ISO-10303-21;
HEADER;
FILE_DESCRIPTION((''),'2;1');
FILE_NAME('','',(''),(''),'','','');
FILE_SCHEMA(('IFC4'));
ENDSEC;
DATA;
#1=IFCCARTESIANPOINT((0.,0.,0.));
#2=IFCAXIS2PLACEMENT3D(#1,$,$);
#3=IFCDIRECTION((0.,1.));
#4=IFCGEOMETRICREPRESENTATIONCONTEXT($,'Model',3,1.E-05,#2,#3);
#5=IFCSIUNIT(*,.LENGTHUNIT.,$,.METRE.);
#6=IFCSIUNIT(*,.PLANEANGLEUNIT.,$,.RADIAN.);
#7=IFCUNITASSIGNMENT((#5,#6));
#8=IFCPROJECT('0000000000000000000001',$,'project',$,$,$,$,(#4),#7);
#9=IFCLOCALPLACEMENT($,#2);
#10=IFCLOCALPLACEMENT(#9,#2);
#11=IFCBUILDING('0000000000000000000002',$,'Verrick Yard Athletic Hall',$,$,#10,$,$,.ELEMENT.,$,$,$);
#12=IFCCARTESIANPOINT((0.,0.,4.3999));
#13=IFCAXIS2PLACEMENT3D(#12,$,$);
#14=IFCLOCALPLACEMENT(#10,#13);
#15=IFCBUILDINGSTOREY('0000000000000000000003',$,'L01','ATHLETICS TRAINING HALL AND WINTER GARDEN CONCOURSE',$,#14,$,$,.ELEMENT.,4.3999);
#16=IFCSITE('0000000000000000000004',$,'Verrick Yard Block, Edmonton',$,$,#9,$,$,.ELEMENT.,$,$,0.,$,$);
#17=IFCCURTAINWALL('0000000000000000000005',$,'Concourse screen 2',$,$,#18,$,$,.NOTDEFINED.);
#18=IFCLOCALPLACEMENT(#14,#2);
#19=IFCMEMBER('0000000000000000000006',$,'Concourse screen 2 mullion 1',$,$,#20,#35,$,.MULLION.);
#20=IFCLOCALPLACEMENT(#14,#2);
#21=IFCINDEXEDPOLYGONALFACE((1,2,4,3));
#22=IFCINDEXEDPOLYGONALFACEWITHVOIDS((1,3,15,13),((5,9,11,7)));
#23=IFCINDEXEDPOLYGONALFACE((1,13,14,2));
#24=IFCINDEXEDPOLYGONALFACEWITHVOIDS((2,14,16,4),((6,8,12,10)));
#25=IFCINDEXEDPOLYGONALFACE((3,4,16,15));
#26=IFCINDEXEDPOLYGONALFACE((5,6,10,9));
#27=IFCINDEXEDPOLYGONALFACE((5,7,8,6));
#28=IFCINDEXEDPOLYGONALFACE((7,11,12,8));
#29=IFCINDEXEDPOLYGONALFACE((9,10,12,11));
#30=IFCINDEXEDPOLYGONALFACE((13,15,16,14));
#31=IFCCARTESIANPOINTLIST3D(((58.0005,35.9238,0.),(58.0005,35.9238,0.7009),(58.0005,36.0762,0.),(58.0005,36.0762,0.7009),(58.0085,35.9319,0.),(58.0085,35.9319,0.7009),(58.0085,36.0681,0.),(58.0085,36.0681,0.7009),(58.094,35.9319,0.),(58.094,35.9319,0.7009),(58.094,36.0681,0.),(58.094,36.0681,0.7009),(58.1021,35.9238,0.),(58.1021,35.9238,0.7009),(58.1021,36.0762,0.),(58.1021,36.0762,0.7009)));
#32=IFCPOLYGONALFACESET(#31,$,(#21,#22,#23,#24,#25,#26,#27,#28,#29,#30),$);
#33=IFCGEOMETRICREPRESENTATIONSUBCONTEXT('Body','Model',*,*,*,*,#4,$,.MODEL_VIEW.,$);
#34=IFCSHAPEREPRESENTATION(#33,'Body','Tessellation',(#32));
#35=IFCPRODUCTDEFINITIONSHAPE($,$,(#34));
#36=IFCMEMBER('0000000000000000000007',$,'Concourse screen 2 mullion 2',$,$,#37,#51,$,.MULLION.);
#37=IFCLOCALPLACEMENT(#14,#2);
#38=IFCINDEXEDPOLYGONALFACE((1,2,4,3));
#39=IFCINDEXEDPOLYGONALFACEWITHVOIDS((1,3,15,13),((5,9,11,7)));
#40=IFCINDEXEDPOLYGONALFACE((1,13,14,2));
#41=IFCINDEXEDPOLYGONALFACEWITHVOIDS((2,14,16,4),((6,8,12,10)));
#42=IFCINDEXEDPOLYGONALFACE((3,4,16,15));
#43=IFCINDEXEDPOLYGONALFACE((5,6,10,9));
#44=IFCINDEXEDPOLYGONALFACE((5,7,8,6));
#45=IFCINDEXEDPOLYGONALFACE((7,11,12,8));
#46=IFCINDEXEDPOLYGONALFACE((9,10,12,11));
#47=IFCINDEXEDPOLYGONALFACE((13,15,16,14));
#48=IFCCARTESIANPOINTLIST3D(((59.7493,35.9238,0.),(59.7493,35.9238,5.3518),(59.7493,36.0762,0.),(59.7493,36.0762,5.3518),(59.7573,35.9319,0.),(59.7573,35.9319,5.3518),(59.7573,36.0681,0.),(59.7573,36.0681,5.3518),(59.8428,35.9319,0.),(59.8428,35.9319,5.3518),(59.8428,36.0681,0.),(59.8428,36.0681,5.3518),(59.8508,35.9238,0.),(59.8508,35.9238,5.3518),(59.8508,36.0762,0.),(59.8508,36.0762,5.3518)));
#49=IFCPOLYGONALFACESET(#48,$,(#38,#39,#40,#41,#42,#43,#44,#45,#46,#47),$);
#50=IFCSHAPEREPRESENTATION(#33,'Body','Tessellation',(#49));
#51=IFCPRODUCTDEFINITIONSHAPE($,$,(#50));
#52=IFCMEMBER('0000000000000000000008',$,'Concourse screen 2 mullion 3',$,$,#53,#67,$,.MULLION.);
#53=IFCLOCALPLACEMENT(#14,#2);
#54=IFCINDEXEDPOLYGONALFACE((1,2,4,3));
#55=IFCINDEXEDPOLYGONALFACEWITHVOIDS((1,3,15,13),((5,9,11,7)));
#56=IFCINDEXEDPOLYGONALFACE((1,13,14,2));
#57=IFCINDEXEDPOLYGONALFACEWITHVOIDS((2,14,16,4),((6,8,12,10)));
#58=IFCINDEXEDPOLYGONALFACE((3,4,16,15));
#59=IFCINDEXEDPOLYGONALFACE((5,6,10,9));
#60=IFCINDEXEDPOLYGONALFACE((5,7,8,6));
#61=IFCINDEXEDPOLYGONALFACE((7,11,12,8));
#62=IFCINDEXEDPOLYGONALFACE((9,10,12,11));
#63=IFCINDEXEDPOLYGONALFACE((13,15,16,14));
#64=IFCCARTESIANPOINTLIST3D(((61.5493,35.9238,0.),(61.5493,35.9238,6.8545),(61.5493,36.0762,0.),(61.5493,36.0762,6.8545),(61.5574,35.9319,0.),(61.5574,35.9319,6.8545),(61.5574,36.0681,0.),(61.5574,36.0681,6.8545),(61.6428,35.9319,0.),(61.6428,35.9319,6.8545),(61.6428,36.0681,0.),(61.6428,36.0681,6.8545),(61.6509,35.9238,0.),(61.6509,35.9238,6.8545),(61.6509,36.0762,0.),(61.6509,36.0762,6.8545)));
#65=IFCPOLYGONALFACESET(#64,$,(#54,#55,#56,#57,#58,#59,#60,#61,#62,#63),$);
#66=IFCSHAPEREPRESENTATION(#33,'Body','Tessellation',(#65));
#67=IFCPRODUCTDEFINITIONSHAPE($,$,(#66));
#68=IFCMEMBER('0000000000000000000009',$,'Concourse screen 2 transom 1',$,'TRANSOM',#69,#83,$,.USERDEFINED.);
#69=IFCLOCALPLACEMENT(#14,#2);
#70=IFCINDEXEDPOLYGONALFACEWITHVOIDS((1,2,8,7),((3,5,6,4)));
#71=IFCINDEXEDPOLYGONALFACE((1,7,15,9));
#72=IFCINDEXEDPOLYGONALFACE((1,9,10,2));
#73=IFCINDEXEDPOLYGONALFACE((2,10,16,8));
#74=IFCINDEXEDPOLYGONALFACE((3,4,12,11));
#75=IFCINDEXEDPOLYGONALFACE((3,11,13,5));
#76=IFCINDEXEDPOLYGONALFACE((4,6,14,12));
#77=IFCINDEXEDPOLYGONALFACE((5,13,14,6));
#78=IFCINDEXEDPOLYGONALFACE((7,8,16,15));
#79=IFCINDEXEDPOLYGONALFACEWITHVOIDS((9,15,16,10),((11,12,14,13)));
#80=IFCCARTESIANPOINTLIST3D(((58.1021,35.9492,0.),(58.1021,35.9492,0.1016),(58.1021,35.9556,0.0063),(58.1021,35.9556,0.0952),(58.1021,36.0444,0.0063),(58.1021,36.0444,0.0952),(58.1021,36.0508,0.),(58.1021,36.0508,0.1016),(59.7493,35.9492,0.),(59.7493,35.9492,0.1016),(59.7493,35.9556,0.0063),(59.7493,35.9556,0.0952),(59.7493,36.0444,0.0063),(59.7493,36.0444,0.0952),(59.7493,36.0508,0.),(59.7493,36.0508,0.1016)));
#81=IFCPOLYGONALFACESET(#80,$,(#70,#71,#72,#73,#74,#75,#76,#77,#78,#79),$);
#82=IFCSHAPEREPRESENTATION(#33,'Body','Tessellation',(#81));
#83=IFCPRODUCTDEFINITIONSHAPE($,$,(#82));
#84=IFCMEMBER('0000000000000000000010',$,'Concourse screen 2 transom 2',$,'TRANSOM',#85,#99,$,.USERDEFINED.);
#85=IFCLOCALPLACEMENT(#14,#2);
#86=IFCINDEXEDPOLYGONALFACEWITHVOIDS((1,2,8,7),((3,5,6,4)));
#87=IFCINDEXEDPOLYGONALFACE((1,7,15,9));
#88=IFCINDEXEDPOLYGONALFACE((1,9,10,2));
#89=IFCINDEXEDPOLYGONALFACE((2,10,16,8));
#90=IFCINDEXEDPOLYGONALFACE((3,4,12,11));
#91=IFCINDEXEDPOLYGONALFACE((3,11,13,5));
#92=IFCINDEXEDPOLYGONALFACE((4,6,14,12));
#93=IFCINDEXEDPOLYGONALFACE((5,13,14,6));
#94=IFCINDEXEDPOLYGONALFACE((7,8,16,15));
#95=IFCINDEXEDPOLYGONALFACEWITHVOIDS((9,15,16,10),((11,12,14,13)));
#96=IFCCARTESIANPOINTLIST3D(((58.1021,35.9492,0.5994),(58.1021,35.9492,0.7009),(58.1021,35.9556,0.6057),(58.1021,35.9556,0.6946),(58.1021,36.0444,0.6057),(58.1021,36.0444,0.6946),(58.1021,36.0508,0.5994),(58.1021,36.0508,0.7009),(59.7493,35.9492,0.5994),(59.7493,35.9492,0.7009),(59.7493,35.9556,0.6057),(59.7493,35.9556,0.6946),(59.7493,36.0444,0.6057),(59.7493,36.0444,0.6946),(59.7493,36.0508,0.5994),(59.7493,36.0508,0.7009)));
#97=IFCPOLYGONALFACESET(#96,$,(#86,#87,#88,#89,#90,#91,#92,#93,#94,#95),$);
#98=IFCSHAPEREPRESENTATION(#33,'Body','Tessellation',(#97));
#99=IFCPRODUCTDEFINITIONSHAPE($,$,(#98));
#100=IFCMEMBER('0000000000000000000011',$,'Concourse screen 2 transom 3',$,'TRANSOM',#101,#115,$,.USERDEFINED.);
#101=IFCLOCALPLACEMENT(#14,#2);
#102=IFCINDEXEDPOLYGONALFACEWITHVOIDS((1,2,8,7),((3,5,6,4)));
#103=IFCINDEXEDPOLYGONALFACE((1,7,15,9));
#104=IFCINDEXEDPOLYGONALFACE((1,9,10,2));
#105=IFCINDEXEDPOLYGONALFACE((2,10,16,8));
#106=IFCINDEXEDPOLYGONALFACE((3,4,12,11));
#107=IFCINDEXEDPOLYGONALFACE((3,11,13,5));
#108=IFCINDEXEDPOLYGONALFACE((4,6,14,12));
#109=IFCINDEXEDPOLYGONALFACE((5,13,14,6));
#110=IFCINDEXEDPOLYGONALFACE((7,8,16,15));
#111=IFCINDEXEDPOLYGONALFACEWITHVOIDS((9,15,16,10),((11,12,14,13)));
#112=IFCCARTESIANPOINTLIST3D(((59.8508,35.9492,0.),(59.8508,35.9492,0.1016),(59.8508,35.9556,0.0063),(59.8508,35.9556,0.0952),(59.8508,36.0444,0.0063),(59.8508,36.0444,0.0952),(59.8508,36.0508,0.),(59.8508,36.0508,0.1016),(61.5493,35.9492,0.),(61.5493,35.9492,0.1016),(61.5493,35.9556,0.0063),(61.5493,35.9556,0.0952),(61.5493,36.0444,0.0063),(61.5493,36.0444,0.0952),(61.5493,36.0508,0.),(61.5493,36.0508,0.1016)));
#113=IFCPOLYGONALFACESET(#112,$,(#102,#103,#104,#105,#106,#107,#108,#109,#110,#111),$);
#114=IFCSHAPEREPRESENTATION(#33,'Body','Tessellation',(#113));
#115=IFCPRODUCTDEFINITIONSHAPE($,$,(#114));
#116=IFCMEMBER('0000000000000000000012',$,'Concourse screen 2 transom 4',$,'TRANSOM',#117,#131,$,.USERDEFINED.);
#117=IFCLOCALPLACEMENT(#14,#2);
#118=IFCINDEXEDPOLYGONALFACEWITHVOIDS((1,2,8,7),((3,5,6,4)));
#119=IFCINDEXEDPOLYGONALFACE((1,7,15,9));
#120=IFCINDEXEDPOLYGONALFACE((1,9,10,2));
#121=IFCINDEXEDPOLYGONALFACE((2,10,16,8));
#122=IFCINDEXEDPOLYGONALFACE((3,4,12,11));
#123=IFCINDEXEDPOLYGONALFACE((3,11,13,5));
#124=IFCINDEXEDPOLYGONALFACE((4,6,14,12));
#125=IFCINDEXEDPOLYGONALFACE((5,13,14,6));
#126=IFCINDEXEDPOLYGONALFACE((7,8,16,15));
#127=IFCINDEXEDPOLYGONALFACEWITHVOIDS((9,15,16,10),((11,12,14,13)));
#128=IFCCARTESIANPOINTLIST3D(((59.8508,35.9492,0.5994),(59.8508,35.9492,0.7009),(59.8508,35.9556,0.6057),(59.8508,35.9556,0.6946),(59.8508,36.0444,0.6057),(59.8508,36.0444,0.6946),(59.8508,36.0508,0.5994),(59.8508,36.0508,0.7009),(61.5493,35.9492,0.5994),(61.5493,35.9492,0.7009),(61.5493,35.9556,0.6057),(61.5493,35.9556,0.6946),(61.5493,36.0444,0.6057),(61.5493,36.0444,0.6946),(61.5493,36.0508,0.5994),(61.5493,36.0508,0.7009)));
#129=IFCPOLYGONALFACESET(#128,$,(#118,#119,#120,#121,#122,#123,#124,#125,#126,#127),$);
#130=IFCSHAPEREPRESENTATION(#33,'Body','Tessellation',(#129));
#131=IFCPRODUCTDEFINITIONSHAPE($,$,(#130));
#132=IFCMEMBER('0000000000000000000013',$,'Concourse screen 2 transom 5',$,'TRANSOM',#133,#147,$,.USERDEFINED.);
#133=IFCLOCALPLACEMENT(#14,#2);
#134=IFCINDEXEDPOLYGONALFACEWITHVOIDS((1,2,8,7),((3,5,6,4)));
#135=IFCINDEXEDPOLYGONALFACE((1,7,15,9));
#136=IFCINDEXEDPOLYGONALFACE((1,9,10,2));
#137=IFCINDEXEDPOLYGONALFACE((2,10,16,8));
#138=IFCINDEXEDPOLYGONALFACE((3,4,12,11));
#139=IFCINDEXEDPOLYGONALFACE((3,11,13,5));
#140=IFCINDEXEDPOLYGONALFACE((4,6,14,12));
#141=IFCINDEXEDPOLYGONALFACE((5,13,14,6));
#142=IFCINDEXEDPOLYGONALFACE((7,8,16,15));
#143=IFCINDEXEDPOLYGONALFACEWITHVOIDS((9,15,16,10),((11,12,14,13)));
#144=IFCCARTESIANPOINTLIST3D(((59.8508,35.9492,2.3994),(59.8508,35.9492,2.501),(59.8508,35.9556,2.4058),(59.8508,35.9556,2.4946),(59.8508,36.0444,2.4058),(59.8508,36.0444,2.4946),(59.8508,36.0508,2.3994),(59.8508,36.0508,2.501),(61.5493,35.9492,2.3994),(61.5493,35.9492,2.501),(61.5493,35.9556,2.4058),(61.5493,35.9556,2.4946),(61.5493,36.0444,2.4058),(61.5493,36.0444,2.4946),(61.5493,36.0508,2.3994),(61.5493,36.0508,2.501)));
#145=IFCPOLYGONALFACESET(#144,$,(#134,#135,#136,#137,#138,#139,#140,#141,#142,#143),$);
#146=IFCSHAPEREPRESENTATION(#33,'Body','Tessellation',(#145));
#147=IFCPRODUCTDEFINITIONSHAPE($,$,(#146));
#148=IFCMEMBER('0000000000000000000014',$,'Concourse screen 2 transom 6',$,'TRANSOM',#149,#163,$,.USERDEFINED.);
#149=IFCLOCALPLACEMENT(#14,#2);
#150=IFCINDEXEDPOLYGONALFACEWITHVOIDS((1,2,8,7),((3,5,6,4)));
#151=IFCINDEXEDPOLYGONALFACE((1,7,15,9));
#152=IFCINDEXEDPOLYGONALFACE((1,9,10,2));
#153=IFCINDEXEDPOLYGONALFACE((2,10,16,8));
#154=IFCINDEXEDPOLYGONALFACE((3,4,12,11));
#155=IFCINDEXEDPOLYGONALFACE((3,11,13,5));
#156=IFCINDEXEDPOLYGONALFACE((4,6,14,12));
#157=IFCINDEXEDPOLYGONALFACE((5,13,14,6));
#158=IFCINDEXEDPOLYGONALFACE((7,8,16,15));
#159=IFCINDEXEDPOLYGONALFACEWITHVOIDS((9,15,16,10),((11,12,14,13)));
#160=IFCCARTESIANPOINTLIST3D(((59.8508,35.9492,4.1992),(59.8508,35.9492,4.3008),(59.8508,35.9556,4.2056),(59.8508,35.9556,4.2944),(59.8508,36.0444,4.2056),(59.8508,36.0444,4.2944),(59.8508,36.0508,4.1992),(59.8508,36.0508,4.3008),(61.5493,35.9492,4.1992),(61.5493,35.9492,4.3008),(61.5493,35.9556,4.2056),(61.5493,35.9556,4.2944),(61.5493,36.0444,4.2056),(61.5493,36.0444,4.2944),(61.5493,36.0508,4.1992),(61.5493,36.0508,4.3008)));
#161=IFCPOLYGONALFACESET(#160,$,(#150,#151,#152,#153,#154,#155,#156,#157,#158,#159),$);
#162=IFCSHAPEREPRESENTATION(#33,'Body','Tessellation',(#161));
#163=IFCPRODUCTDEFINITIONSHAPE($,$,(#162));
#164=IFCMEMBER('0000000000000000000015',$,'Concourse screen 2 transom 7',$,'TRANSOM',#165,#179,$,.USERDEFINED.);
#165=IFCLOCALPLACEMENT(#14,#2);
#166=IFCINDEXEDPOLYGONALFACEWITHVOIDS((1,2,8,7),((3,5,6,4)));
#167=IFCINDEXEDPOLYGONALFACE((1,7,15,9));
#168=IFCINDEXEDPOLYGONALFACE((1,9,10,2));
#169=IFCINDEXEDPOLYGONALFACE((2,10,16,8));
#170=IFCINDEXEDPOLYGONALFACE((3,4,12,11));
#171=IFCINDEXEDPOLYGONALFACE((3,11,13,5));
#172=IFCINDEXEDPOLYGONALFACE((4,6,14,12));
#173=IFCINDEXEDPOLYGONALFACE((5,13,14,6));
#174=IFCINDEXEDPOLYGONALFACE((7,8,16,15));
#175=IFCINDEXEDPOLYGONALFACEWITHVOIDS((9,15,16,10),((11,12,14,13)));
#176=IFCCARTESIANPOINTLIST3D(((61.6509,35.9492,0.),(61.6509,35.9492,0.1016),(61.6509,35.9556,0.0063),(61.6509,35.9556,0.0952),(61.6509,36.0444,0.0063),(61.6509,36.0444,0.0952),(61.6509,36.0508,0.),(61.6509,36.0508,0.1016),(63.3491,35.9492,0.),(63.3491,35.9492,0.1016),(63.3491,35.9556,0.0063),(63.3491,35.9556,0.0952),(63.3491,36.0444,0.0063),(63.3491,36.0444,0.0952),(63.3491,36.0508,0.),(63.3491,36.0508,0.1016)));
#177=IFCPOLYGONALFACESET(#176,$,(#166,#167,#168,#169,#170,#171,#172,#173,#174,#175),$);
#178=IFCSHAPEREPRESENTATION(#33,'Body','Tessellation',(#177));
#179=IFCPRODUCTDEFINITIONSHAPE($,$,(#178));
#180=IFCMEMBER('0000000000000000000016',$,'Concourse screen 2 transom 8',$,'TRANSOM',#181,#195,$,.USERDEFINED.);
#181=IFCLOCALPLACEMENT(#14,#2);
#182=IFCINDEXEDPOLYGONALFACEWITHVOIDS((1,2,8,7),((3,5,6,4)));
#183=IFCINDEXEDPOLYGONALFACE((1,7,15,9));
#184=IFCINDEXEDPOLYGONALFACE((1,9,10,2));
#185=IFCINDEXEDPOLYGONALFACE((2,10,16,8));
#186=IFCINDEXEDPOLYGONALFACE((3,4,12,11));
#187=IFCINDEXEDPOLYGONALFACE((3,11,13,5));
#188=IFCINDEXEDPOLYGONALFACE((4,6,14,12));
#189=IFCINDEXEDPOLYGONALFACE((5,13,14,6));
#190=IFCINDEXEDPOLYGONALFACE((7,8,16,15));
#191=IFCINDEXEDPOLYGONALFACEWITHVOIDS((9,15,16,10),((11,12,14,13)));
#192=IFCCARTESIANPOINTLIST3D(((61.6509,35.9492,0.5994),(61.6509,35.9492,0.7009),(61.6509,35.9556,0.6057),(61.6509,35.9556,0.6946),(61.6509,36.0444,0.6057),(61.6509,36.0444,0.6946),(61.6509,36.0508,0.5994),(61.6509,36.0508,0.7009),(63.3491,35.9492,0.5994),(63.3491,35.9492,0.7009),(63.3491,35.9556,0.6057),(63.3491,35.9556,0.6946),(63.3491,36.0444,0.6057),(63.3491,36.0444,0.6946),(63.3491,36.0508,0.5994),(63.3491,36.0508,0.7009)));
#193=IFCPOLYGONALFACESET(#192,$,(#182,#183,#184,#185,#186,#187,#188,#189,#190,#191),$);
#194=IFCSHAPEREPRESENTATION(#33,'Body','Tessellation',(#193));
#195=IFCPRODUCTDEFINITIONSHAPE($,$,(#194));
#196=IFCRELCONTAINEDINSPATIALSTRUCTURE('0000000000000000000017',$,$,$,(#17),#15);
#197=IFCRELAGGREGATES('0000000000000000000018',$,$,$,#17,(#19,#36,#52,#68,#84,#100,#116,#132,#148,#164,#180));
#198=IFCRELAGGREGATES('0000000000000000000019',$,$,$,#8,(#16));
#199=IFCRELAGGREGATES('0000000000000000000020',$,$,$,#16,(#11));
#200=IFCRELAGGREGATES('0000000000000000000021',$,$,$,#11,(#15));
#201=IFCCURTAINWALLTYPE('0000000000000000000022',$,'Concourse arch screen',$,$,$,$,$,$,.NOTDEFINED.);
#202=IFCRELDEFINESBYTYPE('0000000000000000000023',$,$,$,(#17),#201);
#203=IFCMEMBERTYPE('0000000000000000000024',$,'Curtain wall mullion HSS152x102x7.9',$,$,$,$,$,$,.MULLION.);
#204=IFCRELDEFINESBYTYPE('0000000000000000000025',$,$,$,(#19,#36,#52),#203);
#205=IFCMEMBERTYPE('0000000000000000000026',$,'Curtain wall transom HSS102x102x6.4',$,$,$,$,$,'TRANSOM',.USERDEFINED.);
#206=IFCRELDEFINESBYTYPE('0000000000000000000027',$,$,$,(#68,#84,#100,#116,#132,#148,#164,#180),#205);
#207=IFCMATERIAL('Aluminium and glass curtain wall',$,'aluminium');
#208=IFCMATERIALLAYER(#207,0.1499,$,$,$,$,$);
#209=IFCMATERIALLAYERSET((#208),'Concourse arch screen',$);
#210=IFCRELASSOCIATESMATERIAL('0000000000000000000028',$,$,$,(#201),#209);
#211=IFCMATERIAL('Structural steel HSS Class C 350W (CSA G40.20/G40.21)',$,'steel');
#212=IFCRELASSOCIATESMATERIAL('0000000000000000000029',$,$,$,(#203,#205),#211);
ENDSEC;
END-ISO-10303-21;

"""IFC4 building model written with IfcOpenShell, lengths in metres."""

from ifc_helpers import new_model, si_unit, direction, frame, origin, origin_2d, place, context, subcontext, project, spatial, hollow_rectangle, extrude, material, layer, layer_set, material_profile, profile_set, type_object, element, aggregate, save


model = new_model("IFC4")

# Units and contexts
model_context = context("Model", 3, precision=1e-05, world=origin(), true_north=direction((0.0, 1.0)))
body_context = subcontext(model_context, "Body", "Model", "MODEL_VIEW")
ifc_project = project(units=[si_unit("LENGTHUNIT", "METRE"), si_unit("PLANEANGLEUNIT", "RADIAN")], contexts=[model_context])

# Site, building, storey
site_placement = place(None, origin())
site = spatial("IfcSite", under=ifc_project, at=site_placement, Name="Verrick Yard Block, Edmonton", CompositionType="ELEMENT", RefElevation=0.0)
building_placement = place(site_placement, origin())
building = spatial("IfcBuilding", under=site, at=building_placement, Name="Verrick Yard Athletic Hall", CompositionType="ELEMENT")
storey_placement = place(building_placement, frame((0.0, 0.0, 4.3999)))
storey = spatial("IfcBuildingStorey", under=building, at=storey_placement, Name="L01", Description="ATHLETICS TRAINING HALL AND WINTER GARDEN CONCOURSE", CompositionType="ELEMENT", Elevation=4.3999)

# Curtain wall, members
ifc_material_1 = material(Name="Aluminium and glass curtain wall", Category="aluminium")
ifc_layer_1 = layer(ifc_material_1, 0.1499)
ifc_layer_set_1 = layer_set([ifc_layer_1], Name="Concourse arch screen")
curtain_wall_type = type_object("IfcCurtainWallType", Name="Concourse arch screen", PredefinedType="NOTDEFINED", material=ifc_layer_set_1)
curtain_wall_placement = place(storey_placement, origin())
curtain_wall = element("IfcCurtainWall", 1, at=curtain_wall_placement, inside=storey, type_object=curtain_wall_type, Name="Concourse screen 2", PredefinedType="NOTDEFINED")
ifc_material_2 = material(Name="Structural steel HSS Class C 350W (CSA G40.20/G40.21)", Category="steel")
ifc_material_profile_1 = material_profile(ifc_material_2, hollow_rectangle(XDim=0.1016, YDim=0.1523, WallThickness=0.0081, at=origin_2d()), Name="HSS152x102x7.9")
ifc_profile_set_1 = profile_set([ifc_material_profile_1], Name="Structural steel HSS Class C 350W (CSA G40.20/G40.21)")
member_type_1 = type_object("IfcMemberType", Name="Curtain wall mullion HSS152x102x7.9", PredefinedType="MULLION", material=ifc_profile_set_1)
member_1_placement = place(storey_placement, frame((58.0513, 36.0, 0.0), z_axis=(0.0, 0.0, 1.0), x_axis=(1.0, 0.0, 0.0)))
member_1 = element("IfcMember", 2, at=member_1_placement, type_object=member_type_1, Name="Concourse screen 2 mullion 1", PredefinedType="MULLION", context=body_context, shape_type="SweptSolid", body=[
    extrude(hollow_rectangle(XDim=0.1016, YDim=0.1523, WallThickness=0.0081, at=origin_2d()), origin(), (0.0, 0.0, 1.0), 0.7009),
])
member_2_placement = place(storey_placement, frame((59.8, 36.0, 0.0), z_axis=(0.0, 0.0, 1.0), x_axis=(1.0, 0.0, 0.0)))
member_2 = element("IfcMember", 3, at=member_2_placement, type_object=member_type_1, Name="Concourse screen 2 mullion 2", PredefinedType="MULLION", context=body_context, shape_type="SweptSolid", body=[
    extrude(hollow_rectangle(XDim=0.1016, YDim=0.1523, WallThickness=0.0081, at=origin_2d()), origin(), (0.0, 0.0, 1.0), 5.3518),
])
member_3_placement = place(storey_placement, frame((61.6001, 36.0, 0.0), z_axis=(0.0, 0.0, 1.0), x_axis=(1.0, 0.0, 0.0)))
member_3 = element("IfcMember", 4, at=member_3_placement, type_object=member_type_1, Name="Concourse screen 2 mullion 3", PredefinedType="MULLION", context=body_context, shape_type="SweptSolid", body=[
    extrude(hollow_rectangle(XDim=0.1016, YDim=0.1523, WallThickness=0.0081, at=origin_2d()), origin(), (0.0, 0.0, 1.0), 6.8545),
])
ifc_material_profile_2 = material_profile(ifc_material_2, hollow_rectangle(XDim=0.1016, YDim=0.1016, WallThickness=0.0063, at=origin_2d()), Name="HSS102x102x6.4")
ifc_profile_set_2 = profile_set([ifc_material_profile_2], Name="Structural steel HSS Class C 350W (CSA G40.20/G40.21)")
member_type_2 = type_object("IfcMemberType", Name="Curtain wall transom HSS102x102x6.4", ElementType="TRANSOM", PredefinedType="USERDEFINED", material=ifc_profile_set_2)
member_4_placement = place(storey_placement, frame((58.1021, 36.0, 0.0508), z_axis=(1.0, 0.0, 0.0), x_axis=(0.0, 1.0, 0.0)))
member_4 = element("IfcMember", 5, at=member_4_placement, type_object=member_type_2, Name="Concourse screen 2 transom 1", ObjectType="TRANSOM", PredefinedType="USERDEFINED", context=body_context, shape_type="SweptSolid", body=[
    extrude(hollow_rectangle(XDim=0.1016, YDim=0.1016, WallThickness=0.0063, at=origin_2d()), origin(), (0.0, 0.0, 1.0), 1.6472),
])
member_5_placement = place(storey_placement, frame((58.1021, 36.0, 0.6501), z_axis=(1.0, 0.0, 0.0), x_axis=(0.0, 1.0, 0.0)))
member_5 = element("IfcMember", 6, at=member_5_placement, type_object=member_type_2, Name="Concourse screen 2 transom 2", ObjectType="TRANSOM", PredefinedType="USERDEFINED", context=body_context, shape_type="SweptSolid", body=[
    extrude(hollow_rectangle(XDim=0.1016, YDim=0.1016, WallThickness=0.0063, at=origin_2d()), origin(), (0.0, 0.0, 1.0), 1.6472),
])
member_6_placement = place(storey_placement, frame((59.8508, 36.0, 0.0508), z_axis=(1.0, 0.0, 0.0), x_axis=(0.0, 1.0, 0.0)))
member_6 = element("IfcMember", 7, at=member_6_placement, type_object=member_type_2, Name="Concourse screen 2 transom 3", ObjectType="TRANSOM", PredefinedType="USERDEFINED", context=body_context, shape_type="SweptSolid", body=[
    extrude(hollow_rectangle(XDim=0.1016, YDim=0.1016, WallThickness=0.0063, at=origin_2d()), origin(), (0.0, 0.0, 1.0), 1.6985),
])
member_7_placement = place(storey_placement, frame((59.8508, 36.0, 0.6501), z_axis=(1.0, 0.0, 0.0), x_axis=(0.0, 1.0, 0.0)))
member_7 = element("IfcMember", 8, at=member_7_placement, type_object=member_type_2, Name="Concourse screen 2 transom 4", ObjectType="TRANSOM", PredefinedType="USERDEFINED", context=body_context, shape_type="SweptSolid", body=[
    extrude(hollow_rectangle(XDim=0.1016, YDim=0.1016, WallThickness=0.0063, at=origin_2d()), origin(), (0.0, 0.0, 1.0), 1.6985),
])
member_8_placement = place(storey_placement, frame((59.8508, 36.0, 2.4502), z_axis=(1.0, 0.0, 0.0), x_axis=(0.0, 1.0, 0.0)))
member_8 = element("IfcMember", 9, at=member_8_placement, type_object=member_type_2, Name="Concourse screen 2 transom 5", ObjectType="TRANSOM", PredefinedType="USERDEFINED", context=body_context, shape_type="SweptSolid", body=[
    extrude(hollow_rectangle(XDim=0.1016, YDim=0.1016, WallThickness=0.0063, at=origin_2d()), origin(), (0.0, 0.0, 1.0), 1.6985),
])
member_9_placement = place(storey_placement, frame((59.8508, 36.0, 4.25), z_axis=(1.0, 0.0, 0.0), x_axis=(0.0, 1.0, 0.0)))
member_9 = element("IfcMember", 10, at=member_9_placement, type_object=member_type_2, Name="Concourse screen 2 transom 6", ObjectType="TRANSOM", PredefinedType="USERDEFINED", context=body_context, shape_type="SweptSolid", body=[
    extrude(hollow_rectangle(XDim=0.1016, YDim=0.1016, WallThickness=0.0063, at=origin_2d()), origin(), (0.0, 0.0, 1.0), 1.6985),
])
member_10_placement = place(storey_placement, frame((61.6509, 36.0, 0.0508), z_axis=(1.0, 0.0, 0.0), x_axis=(0.0, 1.0, 0.0)))
member_10 = element("IfcMember", 11, at=member_10_placement, type_object=member_type_2, Name="Concourse screen 2 transom 7", ObjectType="TRANSOM", PredefinedType="USERDEFINED", context=body_context, shape_type="SweptSolid", body=[
    extrude(hollow_rectangle(XDim=0.1016, YDim=0.1016, WallThickness=0.0063, at=origin_2d()), origin(), (0.0, 0.0, 1.0), 1.6982),
])
member_11_placement = place(storey_placement, frame((61.6509, 36.0, 0.6501), z_axis=(1.0, 0.0, 0.0), x_axis=(0.0, 1.0, 0.0)))
member_11 = element("IfcMember", 12, at=member_11_placement, type_object=member_type_2, Name="Concourse screen 2 transom 8", ObjectType="TRANSOM", PredefinedType="USERDEFINED", context=body_context, shape_type="SweptSolid", body=[
    extrude(hollow_rectangle(XDim=0.1016, YDim=0.1016, WallThickness=0.0063, at=origin_2d()), origin(), (0.0, 0.0, 1.0), 1.6982),
])
aggregate(curtain_wall, [member_1, member_2, member_3, member_4, member_5, member_6, member_7, member_8, member_9, member_10, member_11])

save(model, "model.ifc")
